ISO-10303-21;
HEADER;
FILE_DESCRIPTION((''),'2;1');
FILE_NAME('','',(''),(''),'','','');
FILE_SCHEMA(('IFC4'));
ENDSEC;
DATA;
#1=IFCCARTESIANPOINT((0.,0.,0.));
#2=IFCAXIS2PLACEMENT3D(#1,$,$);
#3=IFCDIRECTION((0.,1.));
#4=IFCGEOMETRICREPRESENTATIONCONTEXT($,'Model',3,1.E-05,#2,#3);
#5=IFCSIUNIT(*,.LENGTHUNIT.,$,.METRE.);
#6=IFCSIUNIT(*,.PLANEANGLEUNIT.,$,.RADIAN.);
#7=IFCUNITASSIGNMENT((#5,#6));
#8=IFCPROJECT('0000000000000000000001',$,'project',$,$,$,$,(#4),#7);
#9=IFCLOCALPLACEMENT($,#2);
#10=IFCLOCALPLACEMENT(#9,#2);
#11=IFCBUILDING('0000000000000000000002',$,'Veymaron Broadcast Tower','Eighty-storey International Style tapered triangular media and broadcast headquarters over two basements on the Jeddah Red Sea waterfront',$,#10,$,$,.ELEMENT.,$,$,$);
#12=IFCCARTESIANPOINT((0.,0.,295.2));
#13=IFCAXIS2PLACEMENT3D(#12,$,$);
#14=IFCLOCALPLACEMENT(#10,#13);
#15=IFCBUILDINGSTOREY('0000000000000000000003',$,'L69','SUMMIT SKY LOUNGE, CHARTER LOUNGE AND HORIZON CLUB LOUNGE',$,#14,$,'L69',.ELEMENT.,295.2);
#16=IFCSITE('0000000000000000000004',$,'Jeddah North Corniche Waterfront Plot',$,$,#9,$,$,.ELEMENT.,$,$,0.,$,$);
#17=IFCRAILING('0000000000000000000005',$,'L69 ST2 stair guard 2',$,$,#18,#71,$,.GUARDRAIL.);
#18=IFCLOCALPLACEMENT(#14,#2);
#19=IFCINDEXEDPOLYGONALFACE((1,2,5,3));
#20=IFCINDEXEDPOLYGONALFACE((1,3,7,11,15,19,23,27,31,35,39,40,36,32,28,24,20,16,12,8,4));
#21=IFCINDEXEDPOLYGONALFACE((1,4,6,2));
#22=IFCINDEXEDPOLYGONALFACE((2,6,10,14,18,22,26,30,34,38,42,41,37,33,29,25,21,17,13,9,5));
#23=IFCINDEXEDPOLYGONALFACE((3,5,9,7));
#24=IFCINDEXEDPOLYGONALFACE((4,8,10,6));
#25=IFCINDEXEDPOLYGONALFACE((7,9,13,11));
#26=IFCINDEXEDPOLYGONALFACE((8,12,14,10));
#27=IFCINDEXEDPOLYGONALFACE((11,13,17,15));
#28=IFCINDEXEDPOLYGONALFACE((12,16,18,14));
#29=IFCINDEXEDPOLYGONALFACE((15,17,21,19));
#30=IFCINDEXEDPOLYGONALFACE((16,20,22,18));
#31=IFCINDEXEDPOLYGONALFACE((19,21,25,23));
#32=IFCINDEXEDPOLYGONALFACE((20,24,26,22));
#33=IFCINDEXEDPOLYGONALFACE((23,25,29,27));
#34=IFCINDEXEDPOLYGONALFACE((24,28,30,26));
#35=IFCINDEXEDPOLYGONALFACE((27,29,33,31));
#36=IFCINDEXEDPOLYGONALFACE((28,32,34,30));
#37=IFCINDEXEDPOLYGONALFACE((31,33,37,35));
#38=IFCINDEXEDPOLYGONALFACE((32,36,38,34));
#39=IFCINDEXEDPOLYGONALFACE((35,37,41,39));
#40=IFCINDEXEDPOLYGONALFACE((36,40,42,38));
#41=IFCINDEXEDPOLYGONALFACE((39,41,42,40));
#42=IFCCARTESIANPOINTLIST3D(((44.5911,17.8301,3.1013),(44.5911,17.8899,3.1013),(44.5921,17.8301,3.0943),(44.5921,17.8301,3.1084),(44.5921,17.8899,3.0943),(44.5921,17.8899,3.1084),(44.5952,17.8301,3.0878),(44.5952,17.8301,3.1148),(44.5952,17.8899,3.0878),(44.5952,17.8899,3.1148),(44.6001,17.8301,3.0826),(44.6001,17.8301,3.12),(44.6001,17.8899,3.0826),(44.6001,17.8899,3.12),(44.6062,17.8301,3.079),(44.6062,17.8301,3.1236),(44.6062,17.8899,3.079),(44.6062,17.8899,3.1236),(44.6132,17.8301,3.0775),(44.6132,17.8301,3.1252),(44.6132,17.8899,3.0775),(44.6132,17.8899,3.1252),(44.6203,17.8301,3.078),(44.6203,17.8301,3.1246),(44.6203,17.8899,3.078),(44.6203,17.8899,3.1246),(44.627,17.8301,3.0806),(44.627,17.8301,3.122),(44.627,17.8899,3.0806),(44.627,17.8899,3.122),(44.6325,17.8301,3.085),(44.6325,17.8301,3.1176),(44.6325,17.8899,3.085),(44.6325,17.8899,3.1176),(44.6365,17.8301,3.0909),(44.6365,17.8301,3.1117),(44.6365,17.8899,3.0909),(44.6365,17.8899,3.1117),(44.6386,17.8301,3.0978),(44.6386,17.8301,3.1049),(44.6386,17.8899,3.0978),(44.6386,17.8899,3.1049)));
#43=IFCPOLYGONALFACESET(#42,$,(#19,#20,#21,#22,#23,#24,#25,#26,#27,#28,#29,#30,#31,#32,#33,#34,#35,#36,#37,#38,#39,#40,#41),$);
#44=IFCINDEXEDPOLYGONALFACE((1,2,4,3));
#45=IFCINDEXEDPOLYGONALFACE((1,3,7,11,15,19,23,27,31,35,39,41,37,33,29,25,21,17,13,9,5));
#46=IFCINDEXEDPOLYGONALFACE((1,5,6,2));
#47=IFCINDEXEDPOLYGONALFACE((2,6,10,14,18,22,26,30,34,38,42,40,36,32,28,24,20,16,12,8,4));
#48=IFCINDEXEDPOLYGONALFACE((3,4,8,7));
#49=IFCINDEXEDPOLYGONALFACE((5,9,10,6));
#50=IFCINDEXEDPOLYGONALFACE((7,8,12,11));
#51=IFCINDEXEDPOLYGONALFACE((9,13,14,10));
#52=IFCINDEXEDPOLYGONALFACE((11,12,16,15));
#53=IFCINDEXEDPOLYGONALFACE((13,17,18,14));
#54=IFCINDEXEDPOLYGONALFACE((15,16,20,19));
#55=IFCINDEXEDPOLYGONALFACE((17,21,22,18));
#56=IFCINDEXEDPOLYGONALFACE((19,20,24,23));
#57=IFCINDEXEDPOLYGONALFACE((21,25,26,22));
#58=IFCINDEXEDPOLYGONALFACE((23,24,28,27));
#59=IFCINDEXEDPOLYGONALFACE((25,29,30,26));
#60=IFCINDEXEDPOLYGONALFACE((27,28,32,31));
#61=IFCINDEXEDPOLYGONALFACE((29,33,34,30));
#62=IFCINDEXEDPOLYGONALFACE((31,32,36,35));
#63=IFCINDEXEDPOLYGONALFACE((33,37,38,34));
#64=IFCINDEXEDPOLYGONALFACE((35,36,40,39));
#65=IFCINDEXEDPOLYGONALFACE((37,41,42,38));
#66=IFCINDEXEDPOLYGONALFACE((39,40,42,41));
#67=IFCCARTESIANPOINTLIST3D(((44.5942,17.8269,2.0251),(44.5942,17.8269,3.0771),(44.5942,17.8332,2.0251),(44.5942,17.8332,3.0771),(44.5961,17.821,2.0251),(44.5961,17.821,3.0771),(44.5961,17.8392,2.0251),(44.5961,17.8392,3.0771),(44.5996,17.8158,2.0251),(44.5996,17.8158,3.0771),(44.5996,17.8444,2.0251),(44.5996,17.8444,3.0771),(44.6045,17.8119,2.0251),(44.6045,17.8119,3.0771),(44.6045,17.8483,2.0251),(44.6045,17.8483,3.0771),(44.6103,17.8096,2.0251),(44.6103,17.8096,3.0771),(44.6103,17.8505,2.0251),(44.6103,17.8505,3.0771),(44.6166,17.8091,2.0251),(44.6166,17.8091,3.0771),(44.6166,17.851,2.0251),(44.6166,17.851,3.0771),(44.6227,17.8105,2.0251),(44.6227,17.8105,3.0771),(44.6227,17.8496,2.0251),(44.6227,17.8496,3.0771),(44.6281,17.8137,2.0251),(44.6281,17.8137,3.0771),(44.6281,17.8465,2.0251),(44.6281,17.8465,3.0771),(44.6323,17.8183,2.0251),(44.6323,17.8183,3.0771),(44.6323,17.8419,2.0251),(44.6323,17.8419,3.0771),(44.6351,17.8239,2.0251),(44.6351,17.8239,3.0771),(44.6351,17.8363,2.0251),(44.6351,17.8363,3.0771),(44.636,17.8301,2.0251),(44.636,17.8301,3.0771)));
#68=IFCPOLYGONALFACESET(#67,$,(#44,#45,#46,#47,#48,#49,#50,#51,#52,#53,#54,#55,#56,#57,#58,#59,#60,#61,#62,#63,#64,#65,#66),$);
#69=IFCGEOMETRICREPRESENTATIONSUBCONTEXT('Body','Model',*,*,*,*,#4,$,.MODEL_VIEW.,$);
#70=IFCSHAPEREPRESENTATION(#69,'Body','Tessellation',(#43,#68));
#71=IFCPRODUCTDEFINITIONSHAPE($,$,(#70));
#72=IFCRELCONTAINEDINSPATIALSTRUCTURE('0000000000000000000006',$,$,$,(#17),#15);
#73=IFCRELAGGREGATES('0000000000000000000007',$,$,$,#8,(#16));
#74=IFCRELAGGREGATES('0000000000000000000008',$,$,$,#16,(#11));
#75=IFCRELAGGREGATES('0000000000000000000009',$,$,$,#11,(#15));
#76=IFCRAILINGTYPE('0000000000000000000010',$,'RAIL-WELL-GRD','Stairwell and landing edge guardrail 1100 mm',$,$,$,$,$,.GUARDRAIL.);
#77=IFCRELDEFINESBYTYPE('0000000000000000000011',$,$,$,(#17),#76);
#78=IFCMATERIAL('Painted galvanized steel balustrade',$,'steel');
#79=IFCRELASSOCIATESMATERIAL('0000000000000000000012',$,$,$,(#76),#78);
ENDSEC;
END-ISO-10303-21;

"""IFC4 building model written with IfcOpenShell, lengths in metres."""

from ifc_helpers import new_model, si_unit, direction, frame, origin, origin_2d, place, context, subcontext, project, spatial, circle, extrude, material, type_object, element, save


model = new_model("IFC4")

# Units and contexts
model_context = context("Model", 3, precision=1e-05, world=origin(), true_north=direction((0.0, 1.0)))
body_context = subcontext(model_context, "Body", "Model", "MODEL_VIEW")
ifc_project = project(units=[si_unit("LENGTHUNIT", "METRE"), si_unit("PLANEANGLEUNIT", "RADIAN")], contexts=[model_context])

# Site, building, storey
site_placement = place(None, origin())
site = spatial("IfcSite", under=ifc_project, at=site_placement, Name="Jeddah North Corniche Waterfront Plot", CompositionType="ELEMENT", RefElevation=0.0)
building_placement = place(site_placement, origin())
building = spatial("IfcBuilding", under=site, at=building_placement, Name="Veymaron Broadcast Tower", Description="Eighty-storey International Style tapered triangular media and broadcast headquarters over two basements on the Jeddah Red Sea waterfront", CompositionType="ELEMENT")
storey_placement = place(building_placement, frame((0.0, 0.0, 295.2)))
storey = spatial("IfcBuildingStorey", under=building, at=storey_placement, Name="L69", Description="SUMMIT SKY LOUNGE, CHARTER LOUNGE AND HORIZON CLUB LOUNGE", LongName="L69", CompositionType="ELEMENT", Elevation=295.2)

# Railing
ifc_material_1 = material(Name="Painted galvanized steel balustrade", Category="steel")
railing_type_1 = type_object("IfcRailingType", Name="RAIL-WELL-GRD", Description="Stairwell and landing edge guardrail 1100 mm", PredefinedType="GUARDRAIL", material=ifc_material_1)
railing_1_placement = place(storey_placement, frame((44.615, 17.8301, 2.0251)))
element("IfcRailing", 1, at=railing_1_placement, inside=storey, type_object=railing_type_1, Name="L69 ST2 stair guard 2", PredefinedType="GUARDRAIL", context=body_context, shape_type="SweptSolid", body=[
    extrude(circle(Radius=0.0239, at=origin_2d()), frame((0.0, 0.0, 1.0762), z_axis=(0.0, 1.0, 0.0), x_axis=(-1.0, 0.0, 0.0)), (0.0, 0.0, 1.0), 0.0598),
    extrude(circle(Radius=0.021, at=origin_2d()), origin(), (0.0, 0.0, 1.0), 1.052),
])

save(model, "model.ifc")
